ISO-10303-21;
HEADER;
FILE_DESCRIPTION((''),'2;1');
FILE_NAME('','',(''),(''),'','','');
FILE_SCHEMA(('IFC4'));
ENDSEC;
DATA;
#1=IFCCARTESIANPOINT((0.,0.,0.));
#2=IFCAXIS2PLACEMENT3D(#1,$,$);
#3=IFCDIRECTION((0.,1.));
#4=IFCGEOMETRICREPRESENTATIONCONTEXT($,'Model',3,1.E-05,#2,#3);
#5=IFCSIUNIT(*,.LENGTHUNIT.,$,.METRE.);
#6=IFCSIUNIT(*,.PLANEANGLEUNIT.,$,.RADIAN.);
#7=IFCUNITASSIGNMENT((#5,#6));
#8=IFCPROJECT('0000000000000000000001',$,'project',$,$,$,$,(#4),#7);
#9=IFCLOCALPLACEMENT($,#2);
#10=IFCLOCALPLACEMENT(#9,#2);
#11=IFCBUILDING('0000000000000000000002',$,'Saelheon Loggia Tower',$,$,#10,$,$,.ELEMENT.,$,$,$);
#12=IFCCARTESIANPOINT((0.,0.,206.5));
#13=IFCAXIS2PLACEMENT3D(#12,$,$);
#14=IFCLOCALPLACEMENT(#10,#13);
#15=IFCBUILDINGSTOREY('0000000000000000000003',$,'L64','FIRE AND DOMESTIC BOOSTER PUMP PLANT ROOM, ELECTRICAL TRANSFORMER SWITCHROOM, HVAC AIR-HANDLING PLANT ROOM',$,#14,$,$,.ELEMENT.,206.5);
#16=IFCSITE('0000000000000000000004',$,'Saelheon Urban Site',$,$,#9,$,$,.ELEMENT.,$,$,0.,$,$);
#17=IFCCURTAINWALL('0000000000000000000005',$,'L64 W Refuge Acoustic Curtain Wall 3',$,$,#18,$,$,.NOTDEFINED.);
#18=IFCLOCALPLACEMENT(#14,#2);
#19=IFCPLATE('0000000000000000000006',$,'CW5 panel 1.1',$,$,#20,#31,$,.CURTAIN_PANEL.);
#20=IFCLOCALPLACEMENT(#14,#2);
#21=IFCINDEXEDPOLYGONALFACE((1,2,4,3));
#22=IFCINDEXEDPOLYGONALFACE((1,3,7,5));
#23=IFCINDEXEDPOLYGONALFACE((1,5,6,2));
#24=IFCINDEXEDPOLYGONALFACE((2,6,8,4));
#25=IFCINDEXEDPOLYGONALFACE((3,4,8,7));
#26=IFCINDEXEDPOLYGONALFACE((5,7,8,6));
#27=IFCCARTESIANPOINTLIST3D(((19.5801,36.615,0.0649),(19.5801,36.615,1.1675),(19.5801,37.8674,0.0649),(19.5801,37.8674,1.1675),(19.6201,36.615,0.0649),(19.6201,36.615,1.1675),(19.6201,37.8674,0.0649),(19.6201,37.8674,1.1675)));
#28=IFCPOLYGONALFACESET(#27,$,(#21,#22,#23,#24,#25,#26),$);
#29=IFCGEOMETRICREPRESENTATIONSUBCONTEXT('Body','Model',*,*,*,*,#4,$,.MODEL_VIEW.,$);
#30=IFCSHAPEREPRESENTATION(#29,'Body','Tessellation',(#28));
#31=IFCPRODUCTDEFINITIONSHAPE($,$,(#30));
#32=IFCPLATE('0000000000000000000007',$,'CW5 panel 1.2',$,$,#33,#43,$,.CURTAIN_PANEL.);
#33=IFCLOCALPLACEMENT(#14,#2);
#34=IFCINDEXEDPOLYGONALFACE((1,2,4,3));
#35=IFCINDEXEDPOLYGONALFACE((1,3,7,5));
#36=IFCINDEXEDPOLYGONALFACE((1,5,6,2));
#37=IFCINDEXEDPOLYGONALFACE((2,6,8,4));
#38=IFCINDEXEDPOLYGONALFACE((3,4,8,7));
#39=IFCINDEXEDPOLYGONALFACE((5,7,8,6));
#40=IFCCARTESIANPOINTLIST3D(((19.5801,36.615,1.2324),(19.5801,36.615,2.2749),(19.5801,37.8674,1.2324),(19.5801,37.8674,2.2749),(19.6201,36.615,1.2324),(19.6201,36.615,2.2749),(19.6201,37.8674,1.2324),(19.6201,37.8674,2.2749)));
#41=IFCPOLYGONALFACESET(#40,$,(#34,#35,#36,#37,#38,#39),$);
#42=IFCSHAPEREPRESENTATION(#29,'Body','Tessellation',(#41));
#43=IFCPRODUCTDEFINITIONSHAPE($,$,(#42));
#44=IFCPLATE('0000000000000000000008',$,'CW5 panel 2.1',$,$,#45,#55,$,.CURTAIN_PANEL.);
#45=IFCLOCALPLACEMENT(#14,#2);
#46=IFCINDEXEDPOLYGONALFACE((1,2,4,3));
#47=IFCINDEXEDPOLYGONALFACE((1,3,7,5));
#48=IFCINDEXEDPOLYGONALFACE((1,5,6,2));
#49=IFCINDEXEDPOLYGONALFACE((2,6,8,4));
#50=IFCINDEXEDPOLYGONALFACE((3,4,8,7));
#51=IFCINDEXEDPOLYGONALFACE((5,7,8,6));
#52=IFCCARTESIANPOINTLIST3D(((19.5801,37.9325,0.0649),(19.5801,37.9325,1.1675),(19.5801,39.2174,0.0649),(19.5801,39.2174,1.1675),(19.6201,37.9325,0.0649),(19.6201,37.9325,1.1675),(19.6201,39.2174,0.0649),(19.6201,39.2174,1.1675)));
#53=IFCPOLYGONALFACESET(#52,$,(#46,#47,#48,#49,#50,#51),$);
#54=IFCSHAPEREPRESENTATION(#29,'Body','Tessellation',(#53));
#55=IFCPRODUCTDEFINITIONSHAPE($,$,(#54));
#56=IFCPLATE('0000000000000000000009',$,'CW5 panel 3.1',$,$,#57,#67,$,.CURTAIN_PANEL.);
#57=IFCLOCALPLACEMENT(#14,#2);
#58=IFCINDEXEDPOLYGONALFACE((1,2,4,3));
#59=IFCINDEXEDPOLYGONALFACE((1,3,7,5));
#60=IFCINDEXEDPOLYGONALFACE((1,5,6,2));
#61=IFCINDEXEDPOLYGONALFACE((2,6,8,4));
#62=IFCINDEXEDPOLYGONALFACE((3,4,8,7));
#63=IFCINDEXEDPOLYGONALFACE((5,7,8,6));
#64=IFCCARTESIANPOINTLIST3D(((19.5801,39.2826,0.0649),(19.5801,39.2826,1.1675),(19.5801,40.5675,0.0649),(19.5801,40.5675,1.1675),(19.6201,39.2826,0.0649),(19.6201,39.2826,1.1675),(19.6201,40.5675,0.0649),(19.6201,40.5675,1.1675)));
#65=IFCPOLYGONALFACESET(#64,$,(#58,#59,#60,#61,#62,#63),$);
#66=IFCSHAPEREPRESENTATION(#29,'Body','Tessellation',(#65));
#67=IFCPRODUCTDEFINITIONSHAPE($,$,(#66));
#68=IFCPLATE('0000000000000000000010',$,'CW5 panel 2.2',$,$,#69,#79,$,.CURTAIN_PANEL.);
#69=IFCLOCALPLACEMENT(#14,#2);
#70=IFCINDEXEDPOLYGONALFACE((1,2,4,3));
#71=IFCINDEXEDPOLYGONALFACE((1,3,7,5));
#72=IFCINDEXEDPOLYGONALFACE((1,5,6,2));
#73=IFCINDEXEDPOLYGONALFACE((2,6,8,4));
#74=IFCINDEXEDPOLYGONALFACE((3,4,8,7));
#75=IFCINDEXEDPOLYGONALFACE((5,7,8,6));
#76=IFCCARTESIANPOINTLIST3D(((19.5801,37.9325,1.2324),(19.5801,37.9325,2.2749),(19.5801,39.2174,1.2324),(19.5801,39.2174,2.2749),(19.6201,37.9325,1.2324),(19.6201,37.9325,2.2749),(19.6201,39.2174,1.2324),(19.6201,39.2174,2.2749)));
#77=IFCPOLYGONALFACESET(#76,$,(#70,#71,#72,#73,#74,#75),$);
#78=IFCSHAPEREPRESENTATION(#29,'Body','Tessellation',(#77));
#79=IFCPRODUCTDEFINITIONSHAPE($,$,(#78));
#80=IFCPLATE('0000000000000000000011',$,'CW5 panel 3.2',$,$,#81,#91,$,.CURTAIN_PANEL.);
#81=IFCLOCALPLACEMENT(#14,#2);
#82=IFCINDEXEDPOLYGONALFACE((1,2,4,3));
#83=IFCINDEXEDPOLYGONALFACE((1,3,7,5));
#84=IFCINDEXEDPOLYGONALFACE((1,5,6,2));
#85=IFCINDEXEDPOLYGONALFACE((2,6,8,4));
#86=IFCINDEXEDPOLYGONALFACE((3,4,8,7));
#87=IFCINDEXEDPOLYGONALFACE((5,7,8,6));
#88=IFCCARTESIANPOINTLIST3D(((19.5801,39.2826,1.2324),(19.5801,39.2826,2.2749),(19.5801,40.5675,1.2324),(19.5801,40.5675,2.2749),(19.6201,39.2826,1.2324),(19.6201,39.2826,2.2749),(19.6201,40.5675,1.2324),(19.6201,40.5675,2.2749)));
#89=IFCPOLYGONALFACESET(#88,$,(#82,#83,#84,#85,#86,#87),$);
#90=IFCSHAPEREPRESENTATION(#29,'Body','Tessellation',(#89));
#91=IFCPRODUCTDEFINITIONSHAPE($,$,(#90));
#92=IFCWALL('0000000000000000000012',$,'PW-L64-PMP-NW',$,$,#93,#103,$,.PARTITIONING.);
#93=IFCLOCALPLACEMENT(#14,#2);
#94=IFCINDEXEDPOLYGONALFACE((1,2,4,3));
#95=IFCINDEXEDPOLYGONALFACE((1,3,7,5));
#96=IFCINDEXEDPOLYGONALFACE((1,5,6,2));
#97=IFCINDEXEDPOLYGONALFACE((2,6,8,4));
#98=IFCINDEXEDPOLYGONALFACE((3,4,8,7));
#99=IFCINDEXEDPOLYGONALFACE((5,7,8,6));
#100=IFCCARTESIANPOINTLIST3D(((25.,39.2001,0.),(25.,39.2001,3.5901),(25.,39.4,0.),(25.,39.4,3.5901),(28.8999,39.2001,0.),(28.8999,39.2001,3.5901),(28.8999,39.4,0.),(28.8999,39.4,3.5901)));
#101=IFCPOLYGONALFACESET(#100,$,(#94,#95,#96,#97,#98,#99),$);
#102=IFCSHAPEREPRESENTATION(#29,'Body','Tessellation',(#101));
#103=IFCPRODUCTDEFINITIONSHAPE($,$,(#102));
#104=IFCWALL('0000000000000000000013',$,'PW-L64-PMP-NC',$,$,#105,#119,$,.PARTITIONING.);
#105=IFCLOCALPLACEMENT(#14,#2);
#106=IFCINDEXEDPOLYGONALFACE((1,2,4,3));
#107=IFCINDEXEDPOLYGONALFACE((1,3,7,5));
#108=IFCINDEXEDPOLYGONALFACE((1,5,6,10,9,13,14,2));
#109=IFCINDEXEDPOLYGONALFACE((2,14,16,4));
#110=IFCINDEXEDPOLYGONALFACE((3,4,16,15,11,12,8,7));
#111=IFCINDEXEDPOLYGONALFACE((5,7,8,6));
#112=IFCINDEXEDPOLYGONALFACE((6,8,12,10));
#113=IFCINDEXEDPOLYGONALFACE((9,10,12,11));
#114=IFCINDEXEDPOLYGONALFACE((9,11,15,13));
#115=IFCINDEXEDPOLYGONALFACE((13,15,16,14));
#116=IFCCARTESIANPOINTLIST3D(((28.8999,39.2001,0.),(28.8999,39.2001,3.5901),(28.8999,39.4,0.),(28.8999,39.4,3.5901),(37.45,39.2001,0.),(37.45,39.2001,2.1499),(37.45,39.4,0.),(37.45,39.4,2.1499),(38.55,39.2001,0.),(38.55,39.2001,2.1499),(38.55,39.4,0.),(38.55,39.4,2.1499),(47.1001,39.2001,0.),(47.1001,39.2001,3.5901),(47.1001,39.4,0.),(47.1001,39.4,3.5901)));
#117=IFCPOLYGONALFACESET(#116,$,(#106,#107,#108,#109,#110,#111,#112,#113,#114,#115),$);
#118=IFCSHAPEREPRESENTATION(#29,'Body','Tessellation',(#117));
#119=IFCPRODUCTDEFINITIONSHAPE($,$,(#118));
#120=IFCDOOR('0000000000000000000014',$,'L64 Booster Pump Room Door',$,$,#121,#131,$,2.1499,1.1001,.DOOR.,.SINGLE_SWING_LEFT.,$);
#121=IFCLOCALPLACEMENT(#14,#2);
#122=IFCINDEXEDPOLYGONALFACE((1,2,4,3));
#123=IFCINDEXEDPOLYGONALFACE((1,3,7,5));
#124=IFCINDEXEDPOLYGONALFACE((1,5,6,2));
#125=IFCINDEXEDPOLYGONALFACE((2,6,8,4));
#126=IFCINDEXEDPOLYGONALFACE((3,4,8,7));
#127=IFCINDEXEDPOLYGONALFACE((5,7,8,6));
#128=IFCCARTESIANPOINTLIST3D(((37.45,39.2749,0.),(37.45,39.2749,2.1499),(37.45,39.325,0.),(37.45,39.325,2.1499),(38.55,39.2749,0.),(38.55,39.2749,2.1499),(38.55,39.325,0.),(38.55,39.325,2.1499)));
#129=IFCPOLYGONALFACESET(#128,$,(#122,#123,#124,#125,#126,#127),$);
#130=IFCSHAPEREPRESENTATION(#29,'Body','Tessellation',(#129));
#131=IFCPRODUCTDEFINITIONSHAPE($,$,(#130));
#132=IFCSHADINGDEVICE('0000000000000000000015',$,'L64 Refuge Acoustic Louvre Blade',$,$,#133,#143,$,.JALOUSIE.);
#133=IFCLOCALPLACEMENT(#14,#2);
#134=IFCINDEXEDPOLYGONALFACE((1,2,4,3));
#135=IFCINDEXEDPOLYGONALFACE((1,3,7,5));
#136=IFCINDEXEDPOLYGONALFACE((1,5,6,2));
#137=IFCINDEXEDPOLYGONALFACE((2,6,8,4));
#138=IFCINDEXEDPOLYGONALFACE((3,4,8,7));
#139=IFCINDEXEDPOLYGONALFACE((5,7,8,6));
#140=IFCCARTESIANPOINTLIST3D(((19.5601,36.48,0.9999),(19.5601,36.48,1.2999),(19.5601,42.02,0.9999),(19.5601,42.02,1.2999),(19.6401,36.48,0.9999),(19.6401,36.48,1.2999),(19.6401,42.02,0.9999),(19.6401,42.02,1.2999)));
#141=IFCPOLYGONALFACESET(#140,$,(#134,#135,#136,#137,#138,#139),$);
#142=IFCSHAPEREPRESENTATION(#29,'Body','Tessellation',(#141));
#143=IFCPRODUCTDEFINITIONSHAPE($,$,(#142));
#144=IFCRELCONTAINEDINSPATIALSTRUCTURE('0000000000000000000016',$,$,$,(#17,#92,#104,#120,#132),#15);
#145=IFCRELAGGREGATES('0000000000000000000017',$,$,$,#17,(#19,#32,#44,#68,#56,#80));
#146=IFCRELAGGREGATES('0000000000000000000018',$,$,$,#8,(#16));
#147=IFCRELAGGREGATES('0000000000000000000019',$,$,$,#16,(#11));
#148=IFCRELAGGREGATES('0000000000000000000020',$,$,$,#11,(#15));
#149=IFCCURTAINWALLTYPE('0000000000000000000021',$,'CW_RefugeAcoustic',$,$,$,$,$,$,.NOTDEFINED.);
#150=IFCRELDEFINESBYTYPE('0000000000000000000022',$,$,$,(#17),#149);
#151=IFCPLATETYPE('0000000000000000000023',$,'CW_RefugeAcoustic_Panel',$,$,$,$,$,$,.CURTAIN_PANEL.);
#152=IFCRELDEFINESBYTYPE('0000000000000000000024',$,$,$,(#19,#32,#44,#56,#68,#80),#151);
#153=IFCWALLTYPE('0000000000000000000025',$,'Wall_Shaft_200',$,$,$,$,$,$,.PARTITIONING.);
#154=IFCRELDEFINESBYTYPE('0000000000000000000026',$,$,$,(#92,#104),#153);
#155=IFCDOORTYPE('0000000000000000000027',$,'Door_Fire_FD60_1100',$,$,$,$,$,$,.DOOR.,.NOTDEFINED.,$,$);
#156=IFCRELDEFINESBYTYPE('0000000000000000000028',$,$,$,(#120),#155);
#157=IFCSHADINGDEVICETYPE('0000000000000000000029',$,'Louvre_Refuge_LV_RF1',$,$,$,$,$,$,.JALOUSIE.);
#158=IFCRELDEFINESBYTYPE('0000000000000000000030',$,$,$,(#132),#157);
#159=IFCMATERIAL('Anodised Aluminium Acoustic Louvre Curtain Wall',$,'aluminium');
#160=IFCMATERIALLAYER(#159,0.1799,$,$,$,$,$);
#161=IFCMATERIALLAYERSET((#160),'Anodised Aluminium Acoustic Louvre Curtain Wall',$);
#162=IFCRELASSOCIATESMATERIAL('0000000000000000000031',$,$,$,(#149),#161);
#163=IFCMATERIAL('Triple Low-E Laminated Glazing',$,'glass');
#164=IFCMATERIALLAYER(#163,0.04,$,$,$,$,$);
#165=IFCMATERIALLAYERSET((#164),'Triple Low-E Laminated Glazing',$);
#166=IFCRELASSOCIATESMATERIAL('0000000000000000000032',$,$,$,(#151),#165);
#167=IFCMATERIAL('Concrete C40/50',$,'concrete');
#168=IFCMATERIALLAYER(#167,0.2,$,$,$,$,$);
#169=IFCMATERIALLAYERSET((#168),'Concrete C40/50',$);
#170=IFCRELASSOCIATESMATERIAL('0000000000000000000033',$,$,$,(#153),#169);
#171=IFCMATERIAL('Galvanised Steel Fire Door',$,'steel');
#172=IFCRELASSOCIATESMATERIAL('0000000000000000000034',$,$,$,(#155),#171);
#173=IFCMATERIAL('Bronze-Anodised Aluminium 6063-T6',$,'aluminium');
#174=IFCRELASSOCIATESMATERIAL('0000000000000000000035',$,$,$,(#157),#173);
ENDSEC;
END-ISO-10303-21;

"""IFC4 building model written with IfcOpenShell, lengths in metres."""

from ifc_helpers import new_model, si_unit, direction, frame, frame_2d, origin, origin_2d, place, context, subcontext, project, spatial, rectangle, extrude, source, transform, mapped, material, layer, layer_set, material_profile, profile_set, type_object, element, fill, aggregate, save


model = new_model("IFC4")

# Units and contexts
model_context = context("Model", 3, precision=1e-05, world=origin(), true_north=direction((0.0, 1.0)))
body_context = subcontext(model_context, "Body", "Model", "MODEL_VIEW")
ifc_project = project(units=[si_unit("LENGTHUNIT", "METRE"), si_unit("PLANEANGLEUNIT", "RADIAN")], contexts=[model_context])

# Site, building, storey
site_placement = place(None, origin())
site = spatial("IfcSite", under=ifc_project, at=site_placement, Name="Saelheon Urban Site", CompositionType="ELEMENT", RefElevation=0.0)
building_placement = place(site_placement, origin())
building = spatial("IfcBuilding", under=site, at=building_placement, Name="Saelheon Loggia Tower", CompositionType="ELEMENT")
storey_placement = place(building_placement, frame((0.0, 0.0, 206.5)))
storey = spatial("IfcBuildingStorey", under=building, at=storey_placement, Name="L64", Description="FIRE AND DOMESTIC BOOSTER PUMP PLANT ROOM, ELECTRICAL TRANSFORMER SWITCHROOM, HVAC AIR-HANDLING PLANT ROOM", CompositionType="ELEMENT", Elevation=206.5)

# Curtain wall
ifc_material_1 = material(Name="Anodised Aluminium Acoustic Louvre Curtain Wall", Category="aluminium")
ifc_layer_1 = layer(ifc_material_1, 0.1799)
ifc_layer_set_1 = layer_set([ifc_layer_1], Name="Anodised Aluminium Acoustic Louvre Curtain Wall")
curtain_wall_type = type_object("IfcCurtainWallType", Name="CW_RefugeAcoustic", PredefinedType="NOTDEFINED", material=ifc_layer_set_1)
curtain_wall_placement = place(storey_placement, origin())
curtain_wall = element("IfcCurtainWall", 1, at=curtain_wall_placement, inside=storey, type_object=curtain_wall_type, Name="L64 W Refuge Acoustic Curtain Wall 3", PredefinedType="NOTDEFINED")

# Plates
ifc_material_2 = material(Name="Triple Low-E Laminated Glazing", Category="glass")
ifc_layer_2 = layer(ifc_material_2, 0.04)
ifc_layer_set_2 = layer_set([ifc_layer_2], Name="Triple Low-E Laminated Glazing")
plate_type_1 = type_object("IfcPlateType", Name="CW_RefugeAcoustic_Panel", PredefinedType="CURTAIN_PANEL", material=ifc_layer_set_2)
shared_shape_1 = source(origin(), body_context, "Body", "SweptSolid", [
    extrude(rectangle(XDim=1.2524, YDim=0.04, at=origin_2d()), origin(), (0.0, 0.0, 1.0), 1.1025),
])
plate_1_placement = place(storey_placement, frame((19.6001, 37.2412, 0.0649), z_axis=(0.0, 0.0, 1.0), x_axis=(0.0, 1.0, 0.0)))
plate_1 = element("IfcPlate", 2, at=plate_1_placement, type_object=plate_type_1, Name="CW5 panel 1.1", PredefinedType="CURTAIN_PANEL", context=body_context, shape_type="MappedRepresentation", body=[
    mapped(shared_shape_1, transform((0.0, 0.0, 0.0), scale=1.0)),
])
shared_shape_2 = source(origin(), body_context, "Body", "SweptSolid", [
    extrude(rectangle(XDim=1.2524, YDim=0.04, at=origin_2d()), origin(), (0.0, 0.0, 1.0), 1.0425),
])
plate_2_placement = place(storey_placement, frame((19.6001, 37.2412, 1.2324), z_axis=(0.0, 0.0, 1.0), x_axis=(0.0, 1.0, 0.0)))
plate_2 = element("IfcPlate", 3, at=plate_2_placement, type_object=plate_type_1, Name="CW5 panel 1.2", PredefinedType="CURTAIN_PANEL", context=body_context, shape_type="MappedRepresentation", body=[
    mapped(shared_shape_2, transform((0.0, 0.0, 0.0), scale=1.0)),
])
shared_shape_3 = source(origin(), body_context, "Body", "SweptSolid", [
    extrude(rectangle(XDim=1.2849, YDim=0.04, at=origin_2d()), origin(), (0.0, 0.0, 1.0), 1.1025),
])
plate_3_placement = place(storey_placement, frame((19.6001, 38.575, 0.0649), z_axis=(0.0, 0.0, 1.0), x_axis=(0.0, 1.0, 0.0)))
plate_3 = element("IfcPlate", 4, at=plate_3_placement, type_object=plate_type_1, Name="CW5 panel 2.1", PredefinedType="CURTAIN_PANEL", context=body_context, shape_type="MappedRepresentation", body=[
    mapped(shared_shape_3, transform((0.0, 0.0, 0.0), scale=1.0)),
])
plate_4_placement = place(storey_placement, frame((19.6001, 39.925, 0.0649), z_axis=(0.0, 0.0, 1.0), x_axis=(0.0, 1.0, 0.0)))
plate_4 = element("IfcPlate", 5, at=plate_4_placement, type_object=plate_type_1, Name="CW5 panel 3.1", PredefinedType="CURTAIN_PANEL", context=body_context, shape_type="MappedRepresentation", body=[
    mapped(shared_shape_3, transform((0.0, 0.0, 0.0), scale=1.0)),
])
shared_shape_4 = source(origin(), body_context, "Body", "SweptSolid", [
    extrude(rectangle(XDim=1.2849, YDim=0.04, at=origin_2d()), origin(), (0.0, 0.0, 1.0), 1.0425),
])
plate_5_placement = place(storey_placement, frame((19.6001, 38.575, 1.2324), z_axis=(0.0, 0.0, 1.0), x_axis=(0.0, 1.0, 0.0)))
plate_5 = element("IfcPlate", 6, at=plate_5_placement, type_object=plate_type_1, Name="CW5 panel 2.2", PredefinedType="CURTAIN_PANEL", context=body_context, shape_type="MappedRepresentation", body=[
    mapped(shared_shape_4, transform((0.0, 0.0, 0.0), scale=1.0)),
])
plate_6_placement = place(storey_placement, frame((19.6001, 39.925, 1.2324), z_axis=(0.0, 0.0, 1.0), x_axis=(0.0, 1.0, 0.0)))
plate_6 = element("IfcPlate", 7, at=plate_6_placement, type_object=plate_type_1, Name="CW5 panel 3.2", PredefinedType="CURTAIN_PANEL", context=body_context, shape_type="MappedRepresentation", body=[
    mapped(shared_shape_4, transform((0.0, 0.0, 0.0), scale=1.0)),
])
aggregate(curtain_wall, [plate_1, plate_2, plate_3, plate_5, plate_4, plate_6])

# Wall
ifc_material_3 = material(Name="Concrete C40/50", Category="concrete")
ifc_layer_3 = layer(ifc_material_3, 0.2)
ifc_layer_set_3 = layer_set([ifc_layer_3], Name="Concrete C40/50")
wall_type_1 = type_object("IfcWallType", Name="Wall_Shaft_200", PredefinedType="PARTITIONING", material=ifc_layer_set_3)
wall_1_placement = place(storey_placement, frame((25.0, 39.3, 0.0), z_axis=(0.0, 0.0, 1.0), x_axis=(1.0, 0.0, 0.0)))
element("IfcWall", 8, at=wall_1_placement, inside=storey, type_object=wall_type_1, Name="PW-L64-PMP-NW", PredefinedType="PARTITIONING", context=body_context, shape_type="SweptSolid", body=[
    extrude(rectangle(XDim=3.8999, YDim=0.2, at=frame_2d((1.95, 0.0))), origin(), (0.0, 0.0, 1.0), 3.5901),
])

# Wall, opening, door
wall_2_placement = place(storey_placement, frame((28.8999, 39.3, 0.0), z_axis=(0.0, 0.0, 1.0), x_axis=(1.0, 0.0, 0.0)))
wall_2 = element("IfcWall", 9, at=wall_2_placement, inside=storey, type_object=wall_type_1, Name="PW-L64-PMP-NC", PredefinedType="PARTITIONING", context=body_context, shape_type="SweptSolid", body=[
    extrude(rectangle(XDim=18.2002, YDim=0.2, at=frame_2d((9.1001, 0.0))), origin(), (0.0, 0.0, 1.0), 3.5901),
])
opening_1_placement = place(wall_2_placement, frame((8.55, 0.0, 0.0)))
opening_1 = element("IfcOpeningElement", 10, at=opening_1_placement, cuts=wall_2, PredefinedType="OPENING", context=body_context, shape_type="SweptSolid", body=[
    extrude(rectangle(XDim=1.1001, YDim=2.1499, at=frame_2d((0.55, 1.075))), frame((0.0, 0.1121, 0.0), z_axis=(0.0, -1.0, 0.0), x_axis=(1.0, 0.0, 0.0)), (0.0, 0.0, 1.0), 0.2239),
])
ifc_material_4 = material(Name="Galvanised Steel Fire Door", Category="steel")
door_type_1 = type_object("IfcDoorType", Name="Door_Fire_FD60_1100", OperationType="NOTDEFINED", PredefinedType="DOOR", material=ifc_material_4)
shared_shape_5 = source(origin(), body_context, "Body", "SweptSolid", [
    extrude(rectangle(XDim=1.1001, YDim=2.1499, at=frame_2d((0.55, 1.075))), frame((0.0, 0.0249, 0.0), z_axis=(0.0, -1.0, 0.0), x_axis=(1.0, 0.0, 0.0)), (0.0, 0.0, 1.0), 0.05),
])
door_1_placement = place(opening_1_placement, origin())
door_1 = element("IfcDoor", 11, at=door_1_placement, inside=storey, type_object=door_type_1, Name="L64 Booster Pump Room Door", OperationType="SINGLE_SWING_LEFT", OverallHeight=2.1499, OverallWidth=1.1001, PredefinedType="DOOR", context=body_context, shape_type="MappedRepresentation", body=[
    mapped(shared_shape_5, transform((0.0, 0.0, 0.0), scale=1.0)),
])
fill(opening_1, door_1)

# Shading device
ifc_material_5 = material(Name="Bronze-Anodised Aluminium 6063-T6", Category="aluminium")
ifc_material_profile_1 = material_profile(ifc_material_5, rectangle(XDim=0.0801, YDim=0.3, at=origin_2d()), Name="Louvre_Refuge_LV_RF1")
ifc_profile_set_1 = profile_set([ifc_material_profile_1], Name="Bronze-Anodised Aluminium 6063-T6")
shading_device_type = type_object("IfcShadingDeviceType", Name="Louvre_Refuge_LV_RF1", PredefinedType="JALOUSIE", material=ifc_profile_set_1)
shared_shape_6 = source(origin(), body_context, "Body", "SweptSolid", [
    extrude(rectangle(XDim=0.0801, YDim=0.3, at=origin_2d()), origin(), (0.0, 0.0, 1.0), 5.54),
])
shading_device_placement = place(storey_placement, frame((19.6001, 36.48, 1.1499), z_axis=(0.0, 1.0, 0.0), x_axis=(-1.0, 0.0, 0.0)))
element("IfcShadingDevice", 12, at=shading_device_placement, inside=storey, type_object=shading_device_type, Name="L64 Refuge Acoustic Louvre Blade", PredefinedType="JALOUSIE", context=body_context, shape_type="MappedRepresentation", body=[
    mapped(shared_shape_6, transform((0.0, 0.0, 0.0), scale=1.0)),
])

save(model, "model.ifc")
